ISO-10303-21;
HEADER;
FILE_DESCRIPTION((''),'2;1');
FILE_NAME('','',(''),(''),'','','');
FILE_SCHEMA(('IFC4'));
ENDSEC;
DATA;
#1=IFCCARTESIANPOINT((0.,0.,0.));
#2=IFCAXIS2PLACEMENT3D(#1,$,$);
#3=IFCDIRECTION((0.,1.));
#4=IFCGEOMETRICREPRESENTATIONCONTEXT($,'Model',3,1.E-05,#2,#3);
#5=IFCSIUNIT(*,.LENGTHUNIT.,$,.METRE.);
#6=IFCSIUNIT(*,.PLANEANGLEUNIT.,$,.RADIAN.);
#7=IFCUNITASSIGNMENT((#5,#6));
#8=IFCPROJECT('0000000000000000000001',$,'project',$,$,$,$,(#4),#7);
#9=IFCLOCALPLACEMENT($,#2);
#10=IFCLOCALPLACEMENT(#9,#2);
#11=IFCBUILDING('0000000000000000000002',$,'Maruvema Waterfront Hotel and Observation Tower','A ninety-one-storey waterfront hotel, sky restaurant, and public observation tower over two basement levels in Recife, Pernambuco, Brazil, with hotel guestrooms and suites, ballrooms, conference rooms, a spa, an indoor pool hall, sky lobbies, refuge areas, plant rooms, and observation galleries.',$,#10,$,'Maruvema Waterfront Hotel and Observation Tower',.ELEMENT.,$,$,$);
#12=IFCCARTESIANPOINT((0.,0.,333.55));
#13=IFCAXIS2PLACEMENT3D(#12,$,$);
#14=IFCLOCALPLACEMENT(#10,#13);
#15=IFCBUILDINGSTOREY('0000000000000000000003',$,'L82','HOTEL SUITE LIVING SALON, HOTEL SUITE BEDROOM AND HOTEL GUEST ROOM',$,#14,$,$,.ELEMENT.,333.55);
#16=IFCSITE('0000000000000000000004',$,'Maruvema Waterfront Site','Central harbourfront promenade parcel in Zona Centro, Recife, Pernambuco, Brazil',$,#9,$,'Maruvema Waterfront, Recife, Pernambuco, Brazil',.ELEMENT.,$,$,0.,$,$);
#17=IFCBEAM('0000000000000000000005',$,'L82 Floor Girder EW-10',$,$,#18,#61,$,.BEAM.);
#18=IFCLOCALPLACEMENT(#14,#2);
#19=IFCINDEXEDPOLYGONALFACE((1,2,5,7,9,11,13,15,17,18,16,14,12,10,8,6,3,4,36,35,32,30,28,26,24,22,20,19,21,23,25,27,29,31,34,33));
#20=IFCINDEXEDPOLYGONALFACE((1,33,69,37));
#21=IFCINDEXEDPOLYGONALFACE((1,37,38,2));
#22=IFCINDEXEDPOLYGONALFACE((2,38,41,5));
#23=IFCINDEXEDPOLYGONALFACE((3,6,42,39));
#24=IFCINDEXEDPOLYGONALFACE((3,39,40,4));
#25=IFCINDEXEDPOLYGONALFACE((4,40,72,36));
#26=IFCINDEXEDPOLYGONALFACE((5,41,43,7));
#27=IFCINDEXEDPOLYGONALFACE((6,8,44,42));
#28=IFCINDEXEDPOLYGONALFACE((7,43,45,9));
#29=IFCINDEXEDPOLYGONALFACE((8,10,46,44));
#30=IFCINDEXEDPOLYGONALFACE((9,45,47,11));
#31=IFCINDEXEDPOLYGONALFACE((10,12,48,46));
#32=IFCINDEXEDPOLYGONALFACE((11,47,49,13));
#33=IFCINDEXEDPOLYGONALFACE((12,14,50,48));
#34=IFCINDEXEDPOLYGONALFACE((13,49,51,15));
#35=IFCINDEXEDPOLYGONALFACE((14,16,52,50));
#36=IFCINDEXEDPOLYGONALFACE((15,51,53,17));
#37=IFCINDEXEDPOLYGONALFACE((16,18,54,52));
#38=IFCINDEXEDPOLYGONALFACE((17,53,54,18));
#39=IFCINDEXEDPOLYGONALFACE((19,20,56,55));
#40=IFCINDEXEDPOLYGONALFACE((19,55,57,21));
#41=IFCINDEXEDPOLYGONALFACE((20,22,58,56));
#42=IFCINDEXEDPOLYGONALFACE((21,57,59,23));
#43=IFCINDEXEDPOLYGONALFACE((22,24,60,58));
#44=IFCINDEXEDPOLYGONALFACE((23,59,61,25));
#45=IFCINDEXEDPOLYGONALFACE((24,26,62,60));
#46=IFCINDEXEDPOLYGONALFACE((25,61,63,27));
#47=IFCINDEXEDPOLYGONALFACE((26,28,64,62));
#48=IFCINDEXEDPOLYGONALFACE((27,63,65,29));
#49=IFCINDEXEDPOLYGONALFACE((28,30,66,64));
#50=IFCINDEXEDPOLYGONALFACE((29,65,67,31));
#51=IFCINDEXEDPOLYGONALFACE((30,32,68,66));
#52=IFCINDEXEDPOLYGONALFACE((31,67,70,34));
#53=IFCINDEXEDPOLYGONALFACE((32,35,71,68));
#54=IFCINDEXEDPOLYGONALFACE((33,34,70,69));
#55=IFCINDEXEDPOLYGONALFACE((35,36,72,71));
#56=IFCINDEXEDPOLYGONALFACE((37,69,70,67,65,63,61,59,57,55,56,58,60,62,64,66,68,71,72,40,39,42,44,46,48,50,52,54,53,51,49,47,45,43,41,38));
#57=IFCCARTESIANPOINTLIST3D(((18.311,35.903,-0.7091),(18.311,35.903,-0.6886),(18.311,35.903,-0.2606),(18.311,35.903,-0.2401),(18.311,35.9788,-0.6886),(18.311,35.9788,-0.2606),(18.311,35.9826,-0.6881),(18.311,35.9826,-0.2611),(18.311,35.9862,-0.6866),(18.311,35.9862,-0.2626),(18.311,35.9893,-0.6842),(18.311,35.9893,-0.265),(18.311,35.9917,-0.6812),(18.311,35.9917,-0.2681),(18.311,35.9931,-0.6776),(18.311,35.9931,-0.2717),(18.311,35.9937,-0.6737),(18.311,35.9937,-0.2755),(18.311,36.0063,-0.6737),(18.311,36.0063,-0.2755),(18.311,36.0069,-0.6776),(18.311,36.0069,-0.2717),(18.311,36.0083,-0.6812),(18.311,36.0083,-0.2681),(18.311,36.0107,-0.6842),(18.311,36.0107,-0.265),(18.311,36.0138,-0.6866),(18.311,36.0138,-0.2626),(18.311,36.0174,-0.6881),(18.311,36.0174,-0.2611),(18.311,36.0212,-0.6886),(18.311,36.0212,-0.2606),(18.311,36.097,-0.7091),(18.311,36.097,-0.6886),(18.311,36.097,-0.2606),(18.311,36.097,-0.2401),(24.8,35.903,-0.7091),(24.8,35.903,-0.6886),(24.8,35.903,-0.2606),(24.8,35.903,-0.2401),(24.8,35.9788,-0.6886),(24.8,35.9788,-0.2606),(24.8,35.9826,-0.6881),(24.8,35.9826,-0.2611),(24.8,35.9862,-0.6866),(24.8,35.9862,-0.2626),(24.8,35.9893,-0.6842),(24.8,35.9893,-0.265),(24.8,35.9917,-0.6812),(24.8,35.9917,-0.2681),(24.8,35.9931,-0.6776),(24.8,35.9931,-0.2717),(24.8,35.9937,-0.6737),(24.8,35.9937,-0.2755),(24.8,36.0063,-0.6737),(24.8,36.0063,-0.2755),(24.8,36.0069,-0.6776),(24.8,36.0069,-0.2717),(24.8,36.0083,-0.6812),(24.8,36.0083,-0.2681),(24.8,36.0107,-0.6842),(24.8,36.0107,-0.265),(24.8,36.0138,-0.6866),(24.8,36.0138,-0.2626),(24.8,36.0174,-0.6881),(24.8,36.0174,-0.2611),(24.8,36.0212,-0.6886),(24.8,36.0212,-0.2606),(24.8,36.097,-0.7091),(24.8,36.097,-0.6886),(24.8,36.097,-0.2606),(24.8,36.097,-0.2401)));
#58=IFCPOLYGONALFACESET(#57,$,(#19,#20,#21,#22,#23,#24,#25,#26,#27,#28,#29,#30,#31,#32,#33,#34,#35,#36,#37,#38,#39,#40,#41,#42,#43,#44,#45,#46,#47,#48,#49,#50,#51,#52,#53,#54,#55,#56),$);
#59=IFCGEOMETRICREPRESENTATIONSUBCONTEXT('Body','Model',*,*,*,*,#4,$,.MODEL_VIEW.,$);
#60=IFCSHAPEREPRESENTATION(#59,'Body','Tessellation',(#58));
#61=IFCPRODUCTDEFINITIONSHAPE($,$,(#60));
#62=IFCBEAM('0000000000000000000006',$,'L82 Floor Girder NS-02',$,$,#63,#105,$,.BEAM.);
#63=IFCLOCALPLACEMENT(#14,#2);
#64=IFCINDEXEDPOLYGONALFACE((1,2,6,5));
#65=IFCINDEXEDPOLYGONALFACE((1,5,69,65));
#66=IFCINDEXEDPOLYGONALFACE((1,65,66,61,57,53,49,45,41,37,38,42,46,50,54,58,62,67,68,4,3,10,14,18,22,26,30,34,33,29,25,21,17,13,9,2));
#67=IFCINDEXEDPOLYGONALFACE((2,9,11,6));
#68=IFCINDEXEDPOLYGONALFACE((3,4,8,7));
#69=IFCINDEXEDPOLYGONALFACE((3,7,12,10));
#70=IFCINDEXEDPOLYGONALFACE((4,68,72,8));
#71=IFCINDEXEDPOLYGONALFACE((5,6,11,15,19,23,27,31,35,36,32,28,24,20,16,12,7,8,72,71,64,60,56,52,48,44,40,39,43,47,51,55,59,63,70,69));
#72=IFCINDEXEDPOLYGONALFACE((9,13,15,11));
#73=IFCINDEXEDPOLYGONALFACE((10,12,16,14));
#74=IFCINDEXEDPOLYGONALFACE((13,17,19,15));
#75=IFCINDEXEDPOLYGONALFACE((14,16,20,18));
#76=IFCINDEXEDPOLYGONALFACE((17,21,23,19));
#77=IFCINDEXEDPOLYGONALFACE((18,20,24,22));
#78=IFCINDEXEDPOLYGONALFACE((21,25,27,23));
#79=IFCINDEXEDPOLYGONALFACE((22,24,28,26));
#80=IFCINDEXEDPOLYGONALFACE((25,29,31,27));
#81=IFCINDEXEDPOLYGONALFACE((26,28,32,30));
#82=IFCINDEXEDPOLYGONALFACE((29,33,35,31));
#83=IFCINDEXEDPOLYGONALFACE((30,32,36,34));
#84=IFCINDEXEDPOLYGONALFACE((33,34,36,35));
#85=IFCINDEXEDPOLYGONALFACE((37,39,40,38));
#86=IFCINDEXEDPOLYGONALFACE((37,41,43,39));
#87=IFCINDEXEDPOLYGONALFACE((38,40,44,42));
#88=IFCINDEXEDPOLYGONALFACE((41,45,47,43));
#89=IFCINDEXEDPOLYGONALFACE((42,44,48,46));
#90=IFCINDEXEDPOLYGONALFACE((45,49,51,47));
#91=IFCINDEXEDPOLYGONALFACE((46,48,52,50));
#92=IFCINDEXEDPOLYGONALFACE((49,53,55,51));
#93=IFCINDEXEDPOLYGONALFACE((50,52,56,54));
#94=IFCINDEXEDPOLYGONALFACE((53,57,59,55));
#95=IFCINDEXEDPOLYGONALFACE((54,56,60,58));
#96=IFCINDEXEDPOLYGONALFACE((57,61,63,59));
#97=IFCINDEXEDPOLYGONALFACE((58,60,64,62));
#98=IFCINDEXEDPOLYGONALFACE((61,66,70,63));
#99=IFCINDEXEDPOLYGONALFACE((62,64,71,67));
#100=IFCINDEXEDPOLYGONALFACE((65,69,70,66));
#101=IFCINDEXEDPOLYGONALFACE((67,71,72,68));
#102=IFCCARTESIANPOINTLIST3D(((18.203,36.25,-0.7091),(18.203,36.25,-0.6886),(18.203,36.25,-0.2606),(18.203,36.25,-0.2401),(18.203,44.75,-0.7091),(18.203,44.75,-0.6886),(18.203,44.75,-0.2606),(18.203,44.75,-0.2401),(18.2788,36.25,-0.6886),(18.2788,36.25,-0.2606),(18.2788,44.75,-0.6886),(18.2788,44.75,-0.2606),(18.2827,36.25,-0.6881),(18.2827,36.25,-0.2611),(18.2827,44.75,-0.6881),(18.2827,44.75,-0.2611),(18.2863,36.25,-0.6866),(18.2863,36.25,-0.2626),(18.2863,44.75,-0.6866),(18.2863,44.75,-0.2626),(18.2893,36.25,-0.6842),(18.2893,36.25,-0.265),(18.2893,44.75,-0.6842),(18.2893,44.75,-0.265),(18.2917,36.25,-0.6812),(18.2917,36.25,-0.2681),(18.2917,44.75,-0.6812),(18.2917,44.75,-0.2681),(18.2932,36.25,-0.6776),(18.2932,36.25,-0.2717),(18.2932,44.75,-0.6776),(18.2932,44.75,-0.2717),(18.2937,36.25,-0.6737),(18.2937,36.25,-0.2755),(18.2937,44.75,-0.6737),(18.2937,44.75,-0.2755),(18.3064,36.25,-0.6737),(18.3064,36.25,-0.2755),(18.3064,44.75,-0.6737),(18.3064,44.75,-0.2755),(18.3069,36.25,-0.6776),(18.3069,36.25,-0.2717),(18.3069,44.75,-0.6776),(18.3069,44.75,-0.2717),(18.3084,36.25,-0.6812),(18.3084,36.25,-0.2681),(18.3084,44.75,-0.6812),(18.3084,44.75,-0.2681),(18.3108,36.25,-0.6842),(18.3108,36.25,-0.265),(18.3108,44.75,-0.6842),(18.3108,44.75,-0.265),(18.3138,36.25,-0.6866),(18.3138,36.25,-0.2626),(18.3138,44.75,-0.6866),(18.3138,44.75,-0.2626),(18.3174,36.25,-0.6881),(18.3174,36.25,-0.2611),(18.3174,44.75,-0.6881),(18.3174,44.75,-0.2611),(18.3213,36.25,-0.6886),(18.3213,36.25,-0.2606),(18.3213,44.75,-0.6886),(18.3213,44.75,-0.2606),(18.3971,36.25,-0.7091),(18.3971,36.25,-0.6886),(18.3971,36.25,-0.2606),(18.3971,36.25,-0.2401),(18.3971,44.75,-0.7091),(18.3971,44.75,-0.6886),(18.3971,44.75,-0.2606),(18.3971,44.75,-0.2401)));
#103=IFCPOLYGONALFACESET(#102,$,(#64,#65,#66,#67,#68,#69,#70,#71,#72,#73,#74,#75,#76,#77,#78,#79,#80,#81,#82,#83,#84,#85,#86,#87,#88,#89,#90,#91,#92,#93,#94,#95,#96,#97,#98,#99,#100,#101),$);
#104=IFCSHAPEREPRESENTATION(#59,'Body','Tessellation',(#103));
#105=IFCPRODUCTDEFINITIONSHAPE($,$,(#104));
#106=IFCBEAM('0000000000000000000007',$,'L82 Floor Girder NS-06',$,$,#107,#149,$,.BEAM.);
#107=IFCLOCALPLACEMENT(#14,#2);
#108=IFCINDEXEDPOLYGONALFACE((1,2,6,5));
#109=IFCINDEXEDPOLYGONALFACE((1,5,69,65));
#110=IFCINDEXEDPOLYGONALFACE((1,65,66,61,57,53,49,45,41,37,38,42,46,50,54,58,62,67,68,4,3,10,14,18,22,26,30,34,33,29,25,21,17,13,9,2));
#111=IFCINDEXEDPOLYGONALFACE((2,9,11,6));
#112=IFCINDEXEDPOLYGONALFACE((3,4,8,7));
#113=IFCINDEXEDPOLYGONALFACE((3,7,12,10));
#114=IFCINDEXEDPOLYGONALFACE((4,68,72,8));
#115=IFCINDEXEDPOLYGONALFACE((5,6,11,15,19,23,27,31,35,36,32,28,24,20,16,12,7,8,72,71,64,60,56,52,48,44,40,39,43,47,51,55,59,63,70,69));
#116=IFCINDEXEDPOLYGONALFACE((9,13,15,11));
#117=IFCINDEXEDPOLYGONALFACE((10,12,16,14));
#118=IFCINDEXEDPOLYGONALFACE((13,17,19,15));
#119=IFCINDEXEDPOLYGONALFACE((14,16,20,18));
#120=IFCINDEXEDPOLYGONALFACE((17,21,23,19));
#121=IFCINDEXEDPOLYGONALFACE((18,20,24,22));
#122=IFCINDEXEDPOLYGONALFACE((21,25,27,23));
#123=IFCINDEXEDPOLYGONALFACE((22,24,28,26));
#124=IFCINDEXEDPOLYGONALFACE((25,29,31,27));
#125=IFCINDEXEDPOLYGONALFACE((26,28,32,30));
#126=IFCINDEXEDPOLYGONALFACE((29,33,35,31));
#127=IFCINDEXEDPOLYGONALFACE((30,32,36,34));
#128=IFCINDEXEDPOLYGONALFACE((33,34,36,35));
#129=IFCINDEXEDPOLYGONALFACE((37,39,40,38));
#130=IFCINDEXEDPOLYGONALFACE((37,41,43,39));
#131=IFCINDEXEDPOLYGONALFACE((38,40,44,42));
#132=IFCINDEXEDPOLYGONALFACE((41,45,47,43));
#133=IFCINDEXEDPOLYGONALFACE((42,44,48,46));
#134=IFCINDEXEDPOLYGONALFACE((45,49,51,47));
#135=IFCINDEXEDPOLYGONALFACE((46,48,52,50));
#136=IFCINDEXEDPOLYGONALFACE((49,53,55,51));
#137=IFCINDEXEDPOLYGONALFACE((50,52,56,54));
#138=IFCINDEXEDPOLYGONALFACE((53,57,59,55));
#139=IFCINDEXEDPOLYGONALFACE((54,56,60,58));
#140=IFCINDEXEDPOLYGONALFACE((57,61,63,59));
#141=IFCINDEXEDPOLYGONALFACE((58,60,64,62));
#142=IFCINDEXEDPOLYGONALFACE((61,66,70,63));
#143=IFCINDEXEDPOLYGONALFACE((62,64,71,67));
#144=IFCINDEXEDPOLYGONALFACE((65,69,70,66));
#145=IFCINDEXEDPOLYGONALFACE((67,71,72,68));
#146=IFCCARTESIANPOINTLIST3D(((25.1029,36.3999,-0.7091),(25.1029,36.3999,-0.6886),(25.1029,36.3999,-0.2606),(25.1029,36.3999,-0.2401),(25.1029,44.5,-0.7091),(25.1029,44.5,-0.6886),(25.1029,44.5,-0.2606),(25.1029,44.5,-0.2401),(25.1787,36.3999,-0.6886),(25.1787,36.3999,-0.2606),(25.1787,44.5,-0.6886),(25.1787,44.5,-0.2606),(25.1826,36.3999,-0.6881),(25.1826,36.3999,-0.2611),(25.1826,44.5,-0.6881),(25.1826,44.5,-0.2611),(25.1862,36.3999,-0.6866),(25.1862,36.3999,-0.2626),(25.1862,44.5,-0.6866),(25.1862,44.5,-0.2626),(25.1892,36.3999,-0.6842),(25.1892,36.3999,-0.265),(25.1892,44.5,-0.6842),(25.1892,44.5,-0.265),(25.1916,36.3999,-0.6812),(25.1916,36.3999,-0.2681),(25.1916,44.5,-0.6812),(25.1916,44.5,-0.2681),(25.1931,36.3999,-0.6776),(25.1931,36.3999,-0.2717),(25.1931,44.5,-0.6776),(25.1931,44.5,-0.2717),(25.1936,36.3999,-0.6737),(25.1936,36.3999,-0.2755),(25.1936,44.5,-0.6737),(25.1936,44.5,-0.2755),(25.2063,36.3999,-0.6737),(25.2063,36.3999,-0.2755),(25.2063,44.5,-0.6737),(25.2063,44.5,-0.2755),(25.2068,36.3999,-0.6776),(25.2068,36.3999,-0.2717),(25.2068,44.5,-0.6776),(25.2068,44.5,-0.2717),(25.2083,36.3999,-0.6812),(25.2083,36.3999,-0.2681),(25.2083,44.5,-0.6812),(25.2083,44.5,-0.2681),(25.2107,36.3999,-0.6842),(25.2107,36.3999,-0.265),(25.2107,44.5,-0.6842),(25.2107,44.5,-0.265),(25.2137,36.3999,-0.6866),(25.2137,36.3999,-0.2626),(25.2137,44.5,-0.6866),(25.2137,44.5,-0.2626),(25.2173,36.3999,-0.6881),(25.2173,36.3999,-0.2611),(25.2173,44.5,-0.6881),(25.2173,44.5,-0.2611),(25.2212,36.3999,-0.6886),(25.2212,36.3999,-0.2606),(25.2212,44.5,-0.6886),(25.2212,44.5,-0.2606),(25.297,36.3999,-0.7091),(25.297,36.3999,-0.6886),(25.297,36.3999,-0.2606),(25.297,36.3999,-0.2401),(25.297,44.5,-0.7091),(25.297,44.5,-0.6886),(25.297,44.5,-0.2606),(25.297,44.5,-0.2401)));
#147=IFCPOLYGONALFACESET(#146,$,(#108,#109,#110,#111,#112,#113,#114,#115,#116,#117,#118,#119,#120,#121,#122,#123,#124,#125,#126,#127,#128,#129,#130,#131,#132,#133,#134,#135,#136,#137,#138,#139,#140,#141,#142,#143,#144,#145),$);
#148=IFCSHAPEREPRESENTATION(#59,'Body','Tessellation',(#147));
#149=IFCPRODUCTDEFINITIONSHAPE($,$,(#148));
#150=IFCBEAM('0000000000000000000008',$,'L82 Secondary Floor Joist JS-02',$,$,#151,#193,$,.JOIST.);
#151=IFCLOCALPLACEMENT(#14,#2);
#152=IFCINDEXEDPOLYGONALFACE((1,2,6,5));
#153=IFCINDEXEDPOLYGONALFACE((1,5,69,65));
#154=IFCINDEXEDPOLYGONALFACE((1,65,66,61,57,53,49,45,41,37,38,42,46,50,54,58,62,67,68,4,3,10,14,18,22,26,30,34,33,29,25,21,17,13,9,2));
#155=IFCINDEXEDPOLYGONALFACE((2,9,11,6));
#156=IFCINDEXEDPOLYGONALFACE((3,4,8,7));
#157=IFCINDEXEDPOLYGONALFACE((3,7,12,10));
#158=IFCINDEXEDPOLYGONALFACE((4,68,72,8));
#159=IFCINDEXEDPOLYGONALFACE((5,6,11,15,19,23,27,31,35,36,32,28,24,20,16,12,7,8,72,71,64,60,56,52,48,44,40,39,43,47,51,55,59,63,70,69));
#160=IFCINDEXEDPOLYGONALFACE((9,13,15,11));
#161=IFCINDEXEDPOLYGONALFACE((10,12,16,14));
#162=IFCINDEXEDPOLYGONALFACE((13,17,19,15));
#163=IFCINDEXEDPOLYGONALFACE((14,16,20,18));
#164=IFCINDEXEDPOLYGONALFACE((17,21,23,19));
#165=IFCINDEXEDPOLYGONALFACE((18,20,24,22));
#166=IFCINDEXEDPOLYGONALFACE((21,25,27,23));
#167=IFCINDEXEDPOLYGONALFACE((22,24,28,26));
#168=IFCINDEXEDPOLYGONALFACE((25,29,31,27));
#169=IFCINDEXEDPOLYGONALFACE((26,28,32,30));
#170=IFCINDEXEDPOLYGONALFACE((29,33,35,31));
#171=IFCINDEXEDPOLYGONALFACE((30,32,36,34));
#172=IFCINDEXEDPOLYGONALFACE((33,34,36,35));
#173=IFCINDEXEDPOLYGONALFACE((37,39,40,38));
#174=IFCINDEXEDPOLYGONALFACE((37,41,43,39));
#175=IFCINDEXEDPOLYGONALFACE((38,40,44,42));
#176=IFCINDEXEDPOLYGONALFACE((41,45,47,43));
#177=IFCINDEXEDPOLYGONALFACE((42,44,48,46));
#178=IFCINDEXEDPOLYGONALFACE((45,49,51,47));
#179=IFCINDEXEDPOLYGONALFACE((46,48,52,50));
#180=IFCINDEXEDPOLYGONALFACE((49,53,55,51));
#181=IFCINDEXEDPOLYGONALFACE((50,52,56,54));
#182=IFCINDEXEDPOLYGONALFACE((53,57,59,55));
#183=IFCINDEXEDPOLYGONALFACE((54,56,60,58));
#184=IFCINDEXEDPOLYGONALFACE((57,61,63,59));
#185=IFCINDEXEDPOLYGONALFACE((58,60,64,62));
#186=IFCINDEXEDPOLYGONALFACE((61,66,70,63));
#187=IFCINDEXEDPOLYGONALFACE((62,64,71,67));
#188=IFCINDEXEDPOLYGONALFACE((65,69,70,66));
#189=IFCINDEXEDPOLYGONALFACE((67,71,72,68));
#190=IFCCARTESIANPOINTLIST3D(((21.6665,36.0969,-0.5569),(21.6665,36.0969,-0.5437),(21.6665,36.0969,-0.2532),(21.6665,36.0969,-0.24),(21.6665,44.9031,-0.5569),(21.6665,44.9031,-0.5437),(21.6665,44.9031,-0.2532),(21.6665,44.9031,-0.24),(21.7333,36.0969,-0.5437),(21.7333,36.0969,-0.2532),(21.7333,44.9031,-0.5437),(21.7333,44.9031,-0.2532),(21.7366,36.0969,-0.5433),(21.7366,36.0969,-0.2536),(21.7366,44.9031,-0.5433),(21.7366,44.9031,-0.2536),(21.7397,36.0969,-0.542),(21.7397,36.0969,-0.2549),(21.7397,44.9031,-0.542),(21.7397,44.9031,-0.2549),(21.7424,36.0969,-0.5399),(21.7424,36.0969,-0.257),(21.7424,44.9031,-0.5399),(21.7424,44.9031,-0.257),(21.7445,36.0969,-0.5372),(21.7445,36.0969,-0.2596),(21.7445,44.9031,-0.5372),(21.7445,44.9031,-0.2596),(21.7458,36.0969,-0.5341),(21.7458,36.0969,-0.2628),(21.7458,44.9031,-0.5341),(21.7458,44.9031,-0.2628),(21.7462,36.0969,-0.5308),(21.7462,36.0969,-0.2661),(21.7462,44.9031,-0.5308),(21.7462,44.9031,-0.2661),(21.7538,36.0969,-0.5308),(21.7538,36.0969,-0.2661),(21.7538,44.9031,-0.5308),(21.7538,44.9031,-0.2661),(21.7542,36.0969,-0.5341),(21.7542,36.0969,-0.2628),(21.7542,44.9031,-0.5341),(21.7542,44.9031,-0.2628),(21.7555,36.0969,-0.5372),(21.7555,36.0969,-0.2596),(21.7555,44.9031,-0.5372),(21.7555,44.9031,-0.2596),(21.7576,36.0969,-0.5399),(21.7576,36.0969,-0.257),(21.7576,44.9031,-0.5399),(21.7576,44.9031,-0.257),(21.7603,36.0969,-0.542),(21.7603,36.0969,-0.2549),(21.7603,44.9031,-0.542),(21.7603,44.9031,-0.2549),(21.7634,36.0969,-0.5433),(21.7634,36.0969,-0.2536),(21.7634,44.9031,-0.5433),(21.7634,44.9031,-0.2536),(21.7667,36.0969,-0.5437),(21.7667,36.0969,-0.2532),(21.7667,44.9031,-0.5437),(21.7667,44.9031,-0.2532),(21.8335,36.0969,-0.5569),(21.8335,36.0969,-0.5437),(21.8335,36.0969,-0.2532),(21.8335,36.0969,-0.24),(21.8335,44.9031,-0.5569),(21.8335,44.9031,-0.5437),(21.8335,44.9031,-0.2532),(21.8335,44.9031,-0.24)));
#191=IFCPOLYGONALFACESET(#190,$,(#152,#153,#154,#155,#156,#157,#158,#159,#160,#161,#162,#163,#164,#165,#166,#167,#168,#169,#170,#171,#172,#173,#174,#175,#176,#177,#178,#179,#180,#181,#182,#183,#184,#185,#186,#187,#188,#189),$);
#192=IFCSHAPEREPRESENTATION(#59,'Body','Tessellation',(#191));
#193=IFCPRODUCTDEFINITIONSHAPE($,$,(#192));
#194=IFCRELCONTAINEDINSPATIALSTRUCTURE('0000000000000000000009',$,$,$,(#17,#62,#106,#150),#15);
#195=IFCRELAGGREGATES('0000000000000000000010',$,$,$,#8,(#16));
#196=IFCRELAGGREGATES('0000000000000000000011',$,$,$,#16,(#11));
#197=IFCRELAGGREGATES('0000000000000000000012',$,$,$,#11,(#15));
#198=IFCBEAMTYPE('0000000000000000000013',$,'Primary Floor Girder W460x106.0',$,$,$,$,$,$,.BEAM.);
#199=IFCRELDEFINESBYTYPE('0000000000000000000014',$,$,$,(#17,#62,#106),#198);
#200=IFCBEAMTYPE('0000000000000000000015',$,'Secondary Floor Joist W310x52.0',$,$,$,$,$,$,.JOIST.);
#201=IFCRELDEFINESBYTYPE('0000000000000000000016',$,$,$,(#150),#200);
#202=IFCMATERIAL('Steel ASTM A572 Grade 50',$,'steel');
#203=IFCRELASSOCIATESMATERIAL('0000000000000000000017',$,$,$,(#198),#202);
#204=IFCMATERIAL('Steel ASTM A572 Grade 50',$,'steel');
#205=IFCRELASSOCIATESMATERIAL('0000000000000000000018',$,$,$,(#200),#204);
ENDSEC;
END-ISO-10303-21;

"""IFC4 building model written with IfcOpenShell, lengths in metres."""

from ifc_helpers import new_model, si_unit, direction, frame, origin, origin_2d, place, context, subcontext, project, spatial, i_section, extrude, material, material_profile, profile_set, type_object, element, save


model = new_model("IFC4")

# Units and contexts
model_context = context("Model", 3, precision=1e-05, world=origin(), true_north=direction((0.0, 1.0)))
body_context = subcontext(model_context, "Body", "Model", "MODEL_VIEW")
ifc_project = project(units=[si_unit("LENGTHUNIT", "METRE"), si_unit("PLANEANGLEUNIT", "RADIAN")], contexts=[model_context])

# Site, building, storey
site_placement = place(None, origin())
site = spatial("IfcSite", under=ifc_project, at=site_placement, Name="Maruvema Waterfront Site", Description="Central harbourfront promenade parcel in Zona Centro, Recife, Pernambuco, Brazil", LongName="Maruvema Waterfront, Recife, Pernambuco, Brazil", CompositionType="ELEMENT", RefElevation=0.0)
building_placement = place(site_placement, origin())
building = spatial("IfcBuilding", under=site, at=building_placement, Name="Maruvema Waterfront Hotel and Observation Tower", Description="A ninety-one-storey waterfront hotel, sky restaurant, and public observation tower over two basement levels in Recife, Pernambuco, Brazil, with hotel guestrooms and suites, ballrooms, conference rooms, a spa, an indoor pool hall, sky lobbies, refuge areas, plant rooms, and observation galleries.", LongName="Maruvema Waterfront Hotel and Observation Tower", CompositionType="ELEMENT")
storey_placement = place(building_placement, frame((0.0, 0.0, 333.55)))
storey = spatial("IfcBuildingStorey", under=building, at=storey_placement, Name="L82", Description="HOTEL SUITE LIVING SALON, HOTEL SUITE BEDROOM AND HOTEL GUEST ROOM", CompositionType="ELEMENT", Elevation=333.55)

# Beams
ifc_material_1 = material(Name="Steel ASTM A572 Grade 50", Category="steel")
ifc_material_profile_1 = material_profile(ifc_material_1, i_section(OverallWidth=0.1941, OverallDepth=0.469, WebThickness=0.0127, FlangeThickness=0.0205, FilletRadius=0.0149, at=origin_2d()), Name="W460x106.0")
ifc_profile_set_1 = profile_set([ifc_material_profile_1], Name="Steel ASTM A572 Grade 50")
beam_type_1 = type_object("IfcBeamType", Name="Primary Floor Girder W460x106.0", PredefinedType="BEAM", material=ifc_profile_set_1)
beam_1_placement = place(storey_placement, frame((18.311, 36.0, -0.4746), z_axis=(1.0, 0.0, 0.0), x_axis=(0.0, 1.0, 0.0)))
element("IfcBeam", 1, at=beam_1_placement, inside=storey, type_object=beam_type_1, Name="L82 Floor Girder EW-10", PredefinedType="BEAM", context=body_context, shape_type="SweptSolid", body=[
    extrude(i_section(OverallWidth=0.1941, OverallDepth=0.469, WebThickness=0.0127, FlangeThickness=0.0205, FilletRadius=0.0149, at=origin_2d()), origin(), (0.0, 0.0, 1.0), 6.489),
])
beam_2_placement = place(storey_placement, frame((18.3, 36.25, -0.4746), z_axis=(0.0, 1.0, 0.0), x_axis=(-1.0, 0.0, 0.0)))
element("IfcBeam", 2, at=beam_2_placement, inside=storey, type_object=beam_type_1, Name="L82 Floor Girder NS-02", PredefinedType="BEAM", context=body_context, shape_type="SweptSolid", body=[
    extrude(i_section(OverallWidth=0.1941, OverallDepth=0.469, WebThickness=0.0127, FlangeThickness=0.0205, FilletRadius=0.0149, at=origin_2d()), origin(), (0.0, 0.0, 1.0), 8.5),
])
beam_3_placement = place(storey_placement, frame((25.2, 36.3999, -0.4746), z_axis=(0.0, 1.0, 0.0), x_axis=(-1.0, 0.0, 0.0)))
element("IfcBeam", 3, at=beam_3_placement, inside=storey, type_object=beam_type_1, Name="L82 Floor Girder NS-06", PredefinedType="BEAM", context=body_context, shape_type="SweptSolid", body=[
    extrude(i_section(OverallWidth=0.1941, OverallDepth=0.469, WebThickness=0.0127, FlangeThickness=0.0205, FilletRadius=0.0149, at=origin_2d()), origin(), (0.0, 0.0, 1.0), 8.1001),
])
ifc_material_2 = material(Name="Steel ASTM A572 Grade 50", Category="steel")
ifc_material_profile_2 = material_profile(ifc_material_2, i_section(OverallWidth=0.167, OverallDepth=0.3169, WebThickness=0.0076, FlangeThickness=0.0132, FilletRadius=0.0129, at=origin_2d()), Name="W310x52.0")
ifc_profile_set_2 = profile_set([ifc_material_profile_2], Name="Steel ASTM A572 Grade 50")
beam_type_2 = type_object("IfcBeamType", Name="Secondary Floor Joist W310x52.0", PredefinedType="JOIST", material=ifc_profile_set_2)
beam_4_placement = place(storey_placement, frame((21.75, 36.0969, -0.3984), z_axis=(0.0, 1.0, 0.0), x_axis=(-1.0, 0.0, 0.0)))
element("IfcBeam", 4, at=beam_4_placement, inside=storey, type_object=beam_type_2, Name="L82 Secondary Floor Joist JS-02", PredefinedType="JOIST", context=body_context, shape_type="SweptSolid", body=[
    extrude(i_section(OverallWidth=0.167, OverallDepth=0.3169, WebThickness=0.0076, FlangeThickness=0.0132, FilletRadius=0.0129, at=origin_2d()), origin(), (0.0, 0.0, 1.0), 8.8062),
])

save(model, "model.ifc")
